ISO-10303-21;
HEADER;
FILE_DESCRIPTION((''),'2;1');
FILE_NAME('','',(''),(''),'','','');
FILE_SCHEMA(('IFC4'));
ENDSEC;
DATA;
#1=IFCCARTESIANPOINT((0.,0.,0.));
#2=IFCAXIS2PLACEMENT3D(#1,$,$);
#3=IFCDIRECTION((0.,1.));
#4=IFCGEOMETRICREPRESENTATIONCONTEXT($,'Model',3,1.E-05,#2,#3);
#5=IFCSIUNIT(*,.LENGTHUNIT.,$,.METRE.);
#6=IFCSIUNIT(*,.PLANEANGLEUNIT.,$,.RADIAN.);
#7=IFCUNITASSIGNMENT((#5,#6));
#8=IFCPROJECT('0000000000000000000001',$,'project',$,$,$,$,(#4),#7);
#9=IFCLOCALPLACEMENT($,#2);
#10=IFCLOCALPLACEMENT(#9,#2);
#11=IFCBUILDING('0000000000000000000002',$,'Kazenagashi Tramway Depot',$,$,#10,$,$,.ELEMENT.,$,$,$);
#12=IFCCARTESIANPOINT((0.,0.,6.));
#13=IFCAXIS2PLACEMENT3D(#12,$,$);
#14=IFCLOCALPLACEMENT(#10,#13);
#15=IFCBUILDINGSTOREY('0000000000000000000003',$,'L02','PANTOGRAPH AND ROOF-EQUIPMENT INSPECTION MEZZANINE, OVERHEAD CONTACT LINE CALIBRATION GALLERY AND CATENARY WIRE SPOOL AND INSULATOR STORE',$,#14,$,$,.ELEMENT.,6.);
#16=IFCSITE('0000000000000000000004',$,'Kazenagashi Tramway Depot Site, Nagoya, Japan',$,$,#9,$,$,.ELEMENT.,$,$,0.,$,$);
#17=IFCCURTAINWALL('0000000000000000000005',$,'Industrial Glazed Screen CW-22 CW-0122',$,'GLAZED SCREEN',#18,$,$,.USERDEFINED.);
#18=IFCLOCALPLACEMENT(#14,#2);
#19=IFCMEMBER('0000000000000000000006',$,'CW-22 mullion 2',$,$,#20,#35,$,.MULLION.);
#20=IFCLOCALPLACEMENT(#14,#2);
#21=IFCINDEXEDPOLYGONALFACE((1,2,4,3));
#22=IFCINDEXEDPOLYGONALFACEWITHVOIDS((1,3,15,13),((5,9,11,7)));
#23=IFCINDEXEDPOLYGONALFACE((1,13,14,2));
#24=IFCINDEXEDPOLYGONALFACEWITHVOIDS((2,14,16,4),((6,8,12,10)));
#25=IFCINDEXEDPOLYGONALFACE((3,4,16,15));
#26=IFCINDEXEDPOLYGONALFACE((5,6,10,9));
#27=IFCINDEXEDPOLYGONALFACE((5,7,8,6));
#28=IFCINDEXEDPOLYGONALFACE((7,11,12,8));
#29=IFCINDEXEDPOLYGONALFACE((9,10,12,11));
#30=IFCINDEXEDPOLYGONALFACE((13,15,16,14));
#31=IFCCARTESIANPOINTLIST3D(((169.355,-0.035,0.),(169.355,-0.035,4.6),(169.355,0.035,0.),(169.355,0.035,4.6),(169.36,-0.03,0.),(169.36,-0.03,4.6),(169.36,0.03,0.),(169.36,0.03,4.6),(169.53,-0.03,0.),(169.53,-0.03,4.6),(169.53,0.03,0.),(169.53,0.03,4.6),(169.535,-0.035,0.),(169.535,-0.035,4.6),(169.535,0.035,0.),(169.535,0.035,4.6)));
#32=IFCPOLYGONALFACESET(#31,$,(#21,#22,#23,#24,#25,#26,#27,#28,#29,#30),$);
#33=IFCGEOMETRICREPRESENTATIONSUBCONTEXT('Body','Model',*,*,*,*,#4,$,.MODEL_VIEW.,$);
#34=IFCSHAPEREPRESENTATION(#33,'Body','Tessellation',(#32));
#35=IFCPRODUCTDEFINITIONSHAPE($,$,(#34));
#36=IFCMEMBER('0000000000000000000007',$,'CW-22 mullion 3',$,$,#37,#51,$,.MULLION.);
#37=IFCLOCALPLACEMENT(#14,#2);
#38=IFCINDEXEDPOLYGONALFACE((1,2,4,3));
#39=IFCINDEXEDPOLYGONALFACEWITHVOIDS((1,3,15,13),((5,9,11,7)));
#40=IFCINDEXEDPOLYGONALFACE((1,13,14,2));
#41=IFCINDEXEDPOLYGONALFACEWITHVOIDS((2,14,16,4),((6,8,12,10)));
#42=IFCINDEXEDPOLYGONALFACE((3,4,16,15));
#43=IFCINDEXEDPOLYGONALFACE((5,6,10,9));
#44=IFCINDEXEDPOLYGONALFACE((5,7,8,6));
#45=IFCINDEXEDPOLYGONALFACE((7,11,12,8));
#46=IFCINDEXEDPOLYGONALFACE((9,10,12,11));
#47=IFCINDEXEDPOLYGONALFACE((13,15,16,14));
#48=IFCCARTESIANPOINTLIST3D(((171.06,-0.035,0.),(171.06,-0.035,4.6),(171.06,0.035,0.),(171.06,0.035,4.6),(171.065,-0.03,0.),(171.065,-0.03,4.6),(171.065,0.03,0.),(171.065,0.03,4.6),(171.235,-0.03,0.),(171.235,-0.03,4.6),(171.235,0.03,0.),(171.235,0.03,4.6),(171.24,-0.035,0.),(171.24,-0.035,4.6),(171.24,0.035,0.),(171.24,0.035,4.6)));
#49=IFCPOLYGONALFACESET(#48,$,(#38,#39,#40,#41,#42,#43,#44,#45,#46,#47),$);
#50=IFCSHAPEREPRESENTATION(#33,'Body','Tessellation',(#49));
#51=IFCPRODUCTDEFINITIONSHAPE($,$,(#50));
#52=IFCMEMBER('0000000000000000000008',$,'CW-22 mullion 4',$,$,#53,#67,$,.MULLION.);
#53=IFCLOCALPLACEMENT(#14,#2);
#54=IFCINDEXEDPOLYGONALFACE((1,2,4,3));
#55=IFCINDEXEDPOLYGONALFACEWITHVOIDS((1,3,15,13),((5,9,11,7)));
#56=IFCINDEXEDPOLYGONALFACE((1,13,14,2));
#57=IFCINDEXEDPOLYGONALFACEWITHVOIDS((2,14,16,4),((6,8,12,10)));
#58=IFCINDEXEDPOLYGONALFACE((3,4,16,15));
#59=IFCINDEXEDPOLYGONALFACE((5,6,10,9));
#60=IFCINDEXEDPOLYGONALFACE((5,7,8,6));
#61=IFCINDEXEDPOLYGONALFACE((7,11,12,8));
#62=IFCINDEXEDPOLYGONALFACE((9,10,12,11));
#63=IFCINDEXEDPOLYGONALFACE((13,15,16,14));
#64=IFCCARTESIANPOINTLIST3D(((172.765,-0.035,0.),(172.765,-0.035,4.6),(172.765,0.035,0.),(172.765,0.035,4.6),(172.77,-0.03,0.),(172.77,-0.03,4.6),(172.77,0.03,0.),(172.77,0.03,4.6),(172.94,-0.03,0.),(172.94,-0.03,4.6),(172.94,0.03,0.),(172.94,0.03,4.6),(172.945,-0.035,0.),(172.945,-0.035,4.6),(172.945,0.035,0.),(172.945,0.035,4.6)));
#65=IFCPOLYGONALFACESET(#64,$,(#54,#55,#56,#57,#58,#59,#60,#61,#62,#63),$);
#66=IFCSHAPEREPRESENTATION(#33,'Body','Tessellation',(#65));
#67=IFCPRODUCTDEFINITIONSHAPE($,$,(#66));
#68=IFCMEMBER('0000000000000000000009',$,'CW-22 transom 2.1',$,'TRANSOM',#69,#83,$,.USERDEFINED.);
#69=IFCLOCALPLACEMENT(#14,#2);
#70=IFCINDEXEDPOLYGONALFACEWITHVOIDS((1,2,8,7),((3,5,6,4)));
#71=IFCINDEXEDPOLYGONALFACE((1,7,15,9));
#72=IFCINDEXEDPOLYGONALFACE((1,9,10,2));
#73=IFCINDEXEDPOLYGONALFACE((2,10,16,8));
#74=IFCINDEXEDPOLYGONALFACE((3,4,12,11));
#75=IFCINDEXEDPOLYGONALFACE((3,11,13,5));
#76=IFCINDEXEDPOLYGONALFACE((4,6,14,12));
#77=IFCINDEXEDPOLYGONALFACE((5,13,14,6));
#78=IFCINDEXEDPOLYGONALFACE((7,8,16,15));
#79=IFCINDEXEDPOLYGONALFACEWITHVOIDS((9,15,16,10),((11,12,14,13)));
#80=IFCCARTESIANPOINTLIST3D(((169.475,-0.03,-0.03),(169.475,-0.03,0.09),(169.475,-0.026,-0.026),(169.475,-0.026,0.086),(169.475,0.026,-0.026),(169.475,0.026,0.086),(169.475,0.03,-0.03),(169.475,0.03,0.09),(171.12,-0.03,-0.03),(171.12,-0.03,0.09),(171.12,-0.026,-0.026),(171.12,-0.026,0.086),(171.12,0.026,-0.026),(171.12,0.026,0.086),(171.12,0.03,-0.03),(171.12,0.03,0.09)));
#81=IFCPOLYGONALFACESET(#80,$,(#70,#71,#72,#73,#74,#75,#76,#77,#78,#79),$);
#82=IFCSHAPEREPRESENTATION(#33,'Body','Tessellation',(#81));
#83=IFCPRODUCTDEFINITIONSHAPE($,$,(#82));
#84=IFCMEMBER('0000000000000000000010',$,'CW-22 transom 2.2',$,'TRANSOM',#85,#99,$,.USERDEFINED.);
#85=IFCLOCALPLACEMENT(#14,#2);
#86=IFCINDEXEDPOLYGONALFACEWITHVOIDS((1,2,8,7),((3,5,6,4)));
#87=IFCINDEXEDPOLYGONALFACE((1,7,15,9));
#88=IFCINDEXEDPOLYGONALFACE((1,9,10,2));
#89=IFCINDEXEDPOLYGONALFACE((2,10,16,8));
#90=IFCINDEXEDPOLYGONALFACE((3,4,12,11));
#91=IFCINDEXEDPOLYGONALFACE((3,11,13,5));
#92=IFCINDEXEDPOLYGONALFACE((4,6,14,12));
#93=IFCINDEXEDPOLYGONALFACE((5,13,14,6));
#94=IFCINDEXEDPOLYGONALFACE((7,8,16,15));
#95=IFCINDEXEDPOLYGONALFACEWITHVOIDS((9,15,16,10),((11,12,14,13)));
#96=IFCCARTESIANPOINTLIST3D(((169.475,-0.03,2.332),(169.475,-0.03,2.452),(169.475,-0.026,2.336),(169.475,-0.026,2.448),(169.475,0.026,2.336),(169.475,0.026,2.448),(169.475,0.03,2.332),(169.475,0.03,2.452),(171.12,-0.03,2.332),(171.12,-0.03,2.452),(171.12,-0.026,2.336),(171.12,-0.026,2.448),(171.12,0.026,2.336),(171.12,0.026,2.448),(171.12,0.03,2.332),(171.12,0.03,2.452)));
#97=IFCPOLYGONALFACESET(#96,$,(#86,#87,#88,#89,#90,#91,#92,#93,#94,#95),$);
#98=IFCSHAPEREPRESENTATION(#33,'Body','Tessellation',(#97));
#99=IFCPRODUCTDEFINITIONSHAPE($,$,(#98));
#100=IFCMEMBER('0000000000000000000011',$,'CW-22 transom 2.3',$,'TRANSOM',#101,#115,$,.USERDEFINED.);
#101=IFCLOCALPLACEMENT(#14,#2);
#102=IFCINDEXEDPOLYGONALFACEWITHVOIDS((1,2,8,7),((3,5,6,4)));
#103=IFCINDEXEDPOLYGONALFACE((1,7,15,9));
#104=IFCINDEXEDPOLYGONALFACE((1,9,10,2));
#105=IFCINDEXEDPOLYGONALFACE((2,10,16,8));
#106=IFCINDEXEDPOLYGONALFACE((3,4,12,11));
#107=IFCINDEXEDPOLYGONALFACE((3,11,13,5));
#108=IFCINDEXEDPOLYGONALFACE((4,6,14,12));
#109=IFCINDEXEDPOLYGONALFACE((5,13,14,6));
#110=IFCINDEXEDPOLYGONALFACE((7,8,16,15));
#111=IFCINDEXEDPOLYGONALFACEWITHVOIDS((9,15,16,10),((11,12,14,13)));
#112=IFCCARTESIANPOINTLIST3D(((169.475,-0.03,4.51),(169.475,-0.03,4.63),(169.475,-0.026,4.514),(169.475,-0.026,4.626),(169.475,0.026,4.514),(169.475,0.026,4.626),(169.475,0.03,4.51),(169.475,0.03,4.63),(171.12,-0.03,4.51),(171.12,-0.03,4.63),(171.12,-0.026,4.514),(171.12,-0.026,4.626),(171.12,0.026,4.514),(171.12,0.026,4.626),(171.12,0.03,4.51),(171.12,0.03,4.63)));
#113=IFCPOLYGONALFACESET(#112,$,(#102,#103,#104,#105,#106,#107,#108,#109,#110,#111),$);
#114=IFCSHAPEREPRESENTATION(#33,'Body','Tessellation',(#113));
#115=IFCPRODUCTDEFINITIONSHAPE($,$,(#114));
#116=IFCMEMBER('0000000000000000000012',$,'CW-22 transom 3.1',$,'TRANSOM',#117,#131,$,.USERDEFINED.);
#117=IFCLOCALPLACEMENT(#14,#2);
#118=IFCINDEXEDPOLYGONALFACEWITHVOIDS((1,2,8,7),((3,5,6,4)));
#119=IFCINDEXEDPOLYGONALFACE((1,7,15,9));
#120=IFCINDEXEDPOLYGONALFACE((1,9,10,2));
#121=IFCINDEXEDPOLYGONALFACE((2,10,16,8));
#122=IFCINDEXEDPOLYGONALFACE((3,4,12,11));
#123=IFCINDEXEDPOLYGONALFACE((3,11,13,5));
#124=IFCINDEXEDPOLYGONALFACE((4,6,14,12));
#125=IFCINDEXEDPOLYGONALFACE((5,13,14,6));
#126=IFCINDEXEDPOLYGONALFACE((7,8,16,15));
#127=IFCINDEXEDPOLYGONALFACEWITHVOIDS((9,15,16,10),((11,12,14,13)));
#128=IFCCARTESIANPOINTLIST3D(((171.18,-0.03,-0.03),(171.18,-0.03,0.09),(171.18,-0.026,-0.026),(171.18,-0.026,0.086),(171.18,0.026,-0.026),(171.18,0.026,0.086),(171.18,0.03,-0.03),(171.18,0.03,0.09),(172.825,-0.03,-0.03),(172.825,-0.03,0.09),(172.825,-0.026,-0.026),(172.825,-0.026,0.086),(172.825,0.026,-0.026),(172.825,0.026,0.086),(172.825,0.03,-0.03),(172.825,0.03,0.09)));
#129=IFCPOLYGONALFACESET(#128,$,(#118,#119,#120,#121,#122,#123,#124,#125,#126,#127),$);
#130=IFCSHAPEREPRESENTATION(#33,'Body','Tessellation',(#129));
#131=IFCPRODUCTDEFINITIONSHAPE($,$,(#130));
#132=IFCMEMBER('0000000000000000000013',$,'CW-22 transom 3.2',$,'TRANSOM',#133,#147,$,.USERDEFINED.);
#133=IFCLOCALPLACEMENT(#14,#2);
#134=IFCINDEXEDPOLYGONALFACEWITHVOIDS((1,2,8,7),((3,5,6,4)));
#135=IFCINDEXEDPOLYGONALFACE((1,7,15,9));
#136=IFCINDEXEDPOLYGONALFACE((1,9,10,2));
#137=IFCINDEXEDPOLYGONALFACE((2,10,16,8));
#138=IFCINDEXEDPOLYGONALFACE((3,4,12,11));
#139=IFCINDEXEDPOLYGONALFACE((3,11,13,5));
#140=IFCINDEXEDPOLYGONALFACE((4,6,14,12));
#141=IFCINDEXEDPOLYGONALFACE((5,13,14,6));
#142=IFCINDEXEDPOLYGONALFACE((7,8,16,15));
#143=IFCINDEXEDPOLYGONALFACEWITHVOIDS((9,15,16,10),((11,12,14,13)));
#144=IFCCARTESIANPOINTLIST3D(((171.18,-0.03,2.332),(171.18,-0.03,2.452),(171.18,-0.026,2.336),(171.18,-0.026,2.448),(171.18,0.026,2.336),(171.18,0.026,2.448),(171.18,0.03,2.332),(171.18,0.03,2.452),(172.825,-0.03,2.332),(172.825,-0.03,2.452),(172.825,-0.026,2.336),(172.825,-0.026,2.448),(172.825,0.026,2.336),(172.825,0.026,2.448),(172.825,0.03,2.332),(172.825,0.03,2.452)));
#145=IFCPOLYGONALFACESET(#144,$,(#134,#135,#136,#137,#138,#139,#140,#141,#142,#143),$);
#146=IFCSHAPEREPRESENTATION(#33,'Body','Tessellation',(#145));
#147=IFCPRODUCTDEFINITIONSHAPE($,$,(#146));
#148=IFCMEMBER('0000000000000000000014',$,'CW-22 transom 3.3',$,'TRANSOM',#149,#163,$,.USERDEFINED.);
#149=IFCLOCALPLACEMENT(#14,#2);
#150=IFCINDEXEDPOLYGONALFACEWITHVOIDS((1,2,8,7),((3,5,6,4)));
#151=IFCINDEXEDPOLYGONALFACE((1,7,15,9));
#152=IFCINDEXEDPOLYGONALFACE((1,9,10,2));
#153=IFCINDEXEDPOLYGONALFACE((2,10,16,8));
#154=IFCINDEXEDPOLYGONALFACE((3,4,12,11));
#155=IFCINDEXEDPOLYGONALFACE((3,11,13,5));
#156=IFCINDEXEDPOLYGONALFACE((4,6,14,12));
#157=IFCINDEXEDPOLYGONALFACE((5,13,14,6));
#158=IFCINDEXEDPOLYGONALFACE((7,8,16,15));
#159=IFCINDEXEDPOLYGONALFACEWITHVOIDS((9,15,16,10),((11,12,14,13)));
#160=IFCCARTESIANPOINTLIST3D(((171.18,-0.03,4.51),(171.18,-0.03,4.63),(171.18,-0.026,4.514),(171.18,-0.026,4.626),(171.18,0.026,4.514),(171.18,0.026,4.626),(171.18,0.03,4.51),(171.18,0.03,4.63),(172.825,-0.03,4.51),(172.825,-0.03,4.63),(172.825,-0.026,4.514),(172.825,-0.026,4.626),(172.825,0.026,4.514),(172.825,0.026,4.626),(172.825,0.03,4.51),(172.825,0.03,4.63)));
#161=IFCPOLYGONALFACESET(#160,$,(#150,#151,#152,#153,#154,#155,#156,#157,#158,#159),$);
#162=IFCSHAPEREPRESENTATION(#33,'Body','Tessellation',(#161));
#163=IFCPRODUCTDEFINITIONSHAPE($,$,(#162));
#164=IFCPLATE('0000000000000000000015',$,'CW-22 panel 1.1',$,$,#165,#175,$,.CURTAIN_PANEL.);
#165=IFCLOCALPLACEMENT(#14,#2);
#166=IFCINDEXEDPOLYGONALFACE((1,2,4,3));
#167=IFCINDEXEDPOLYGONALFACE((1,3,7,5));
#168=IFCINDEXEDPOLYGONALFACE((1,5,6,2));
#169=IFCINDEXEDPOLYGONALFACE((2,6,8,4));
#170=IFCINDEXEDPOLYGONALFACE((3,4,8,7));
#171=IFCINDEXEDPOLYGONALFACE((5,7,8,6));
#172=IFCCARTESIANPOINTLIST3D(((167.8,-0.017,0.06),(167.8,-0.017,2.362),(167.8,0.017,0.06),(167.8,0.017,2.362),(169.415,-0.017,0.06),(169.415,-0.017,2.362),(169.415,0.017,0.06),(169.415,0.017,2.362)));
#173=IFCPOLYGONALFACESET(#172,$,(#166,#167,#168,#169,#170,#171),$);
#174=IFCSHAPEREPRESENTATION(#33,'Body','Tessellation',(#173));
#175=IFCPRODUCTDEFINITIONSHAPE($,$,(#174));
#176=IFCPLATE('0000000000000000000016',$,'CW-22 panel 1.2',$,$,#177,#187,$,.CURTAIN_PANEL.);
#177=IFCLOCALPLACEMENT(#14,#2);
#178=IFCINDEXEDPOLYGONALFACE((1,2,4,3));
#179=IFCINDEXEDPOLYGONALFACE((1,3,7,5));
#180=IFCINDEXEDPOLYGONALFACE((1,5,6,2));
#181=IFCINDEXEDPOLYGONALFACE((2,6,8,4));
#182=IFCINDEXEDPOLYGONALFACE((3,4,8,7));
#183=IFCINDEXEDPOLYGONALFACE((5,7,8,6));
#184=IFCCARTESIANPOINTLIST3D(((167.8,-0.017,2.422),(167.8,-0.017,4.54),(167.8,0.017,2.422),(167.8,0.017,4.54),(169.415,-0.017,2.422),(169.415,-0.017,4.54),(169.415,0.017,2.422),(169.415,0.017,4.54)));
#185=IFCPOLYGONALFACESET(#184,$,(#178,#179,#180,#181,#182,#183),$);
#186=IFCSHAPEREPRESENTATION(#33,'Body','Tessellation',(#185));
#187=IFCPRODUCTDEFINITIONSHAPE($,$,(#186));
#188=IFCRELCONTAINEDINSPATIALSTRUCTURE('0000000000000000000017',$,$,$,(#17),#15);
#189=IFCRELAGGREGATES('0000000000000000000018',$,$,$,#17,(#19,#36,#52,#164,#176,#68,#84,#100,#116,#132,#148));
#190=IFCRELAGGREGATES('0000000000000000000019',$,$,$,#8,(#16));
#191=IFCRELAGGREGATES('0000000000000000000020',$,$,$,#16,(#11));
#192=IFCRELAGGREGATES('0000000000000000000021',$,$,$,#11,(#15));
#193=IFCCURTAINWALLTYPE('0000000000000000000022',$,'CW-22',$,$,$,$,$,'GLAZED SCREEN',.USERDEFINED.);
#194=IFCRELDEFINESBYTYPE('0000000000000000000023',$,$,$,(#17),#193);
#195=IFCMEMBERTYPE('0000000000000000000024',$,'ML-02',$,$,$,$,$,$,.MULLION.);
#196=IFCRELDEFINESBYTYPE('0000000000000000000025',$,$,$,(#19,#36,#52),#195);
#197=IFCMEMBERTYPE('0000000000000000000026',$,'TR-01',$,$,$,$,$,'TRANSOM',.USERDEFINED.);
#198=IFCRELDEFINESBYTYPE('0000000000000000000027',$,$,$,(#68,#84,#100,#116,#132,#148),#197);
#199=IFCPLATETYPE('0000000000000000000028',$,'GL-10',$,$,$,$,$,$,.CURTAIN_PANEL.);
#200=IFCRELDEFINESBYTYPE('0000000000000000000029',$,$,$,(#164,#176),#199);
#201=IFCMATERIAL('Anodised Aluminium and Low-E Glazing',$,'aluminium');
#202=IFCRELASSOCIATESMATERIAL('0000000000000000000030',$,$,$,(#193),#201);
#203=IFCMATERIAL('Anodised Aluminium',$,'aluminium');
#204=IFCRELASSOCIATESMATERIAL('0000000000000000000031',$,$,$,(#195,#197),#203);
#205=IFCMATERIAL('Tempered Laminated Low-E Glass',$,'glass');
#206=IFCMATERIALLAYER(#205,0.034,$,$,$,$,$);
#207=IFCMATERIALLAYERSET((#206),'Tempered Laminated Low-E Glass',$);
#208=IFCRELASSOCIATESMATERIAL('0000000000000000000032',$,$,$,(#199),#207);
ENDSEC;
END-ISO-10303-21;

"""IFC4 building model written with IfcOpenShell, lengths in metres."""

from ifc_helpers import new_model, si_unit, direction, frame, origin, origin_2d, place, context, subcontext, project, spatial, rectangle, hollow_rectangle, extrude, material, layer, layer_set, material_profile, profile_set, type_object, element, aggregate, save


model = new_model("IFC4")

# Units and contexts
model_context = context("Model", 3, precision=1e-05, world=origin(), true_north=direction((0.0, 1.0)))
body_context = subcontext(model_context, "Body", "Model", "MODEL_VIEW")
ifc_project = project(units=[si_unit("LENGTHUNIT", "METRE"), si_unit("PLANEANGLEUNIT", "RADIAN")], contexts=[model_context])

# Site, building, storey
site_placement = place(None, origin())
site = spatial("IfcSite", under=ifc_project, at=site_placement, Name="Kazenagashi Tramway Depot Site, Nagoya, Japan", CompositionType="ELEMENT", RefElevation=0.0)
building_placement = place(site_placement, origin())
building = spatial("IfcBuilding", under=site, at=building_placement, Name="Kazenagashi Tramway Depot", CompositionType="ELEMENT")
storey_placement = place(building_placement, frame((0.0, 0.0, 6.0)))
storey = spatial("IfcBuildingStorey", under=building, at=storey_placement, Name="L02", Description="PANTOGRAPH AND ROOF-EQUIPMENT INSPECTION MEZZANINE, OVERHEAD CONTACT LINE CALIBRATION GALLERY AND CATENARY WIRE SPOOL AND INSULATOR STORE", CompositionType="ELEMENT", Elevation=6.0)

# Curtain wall, members, plates
ifc_material_1 = material(Name="Anodised Aluminium and Low-E Glazing", Category="aluminium")
curtain_wall_type = type_object("IfcCurtainWallType", Name="CW-22", ElementType="GLAZED SCREEN", PredefinedType="USERDEFINED", material=ifc_material_1)
curtain_wall_placement = place(storey_placement, origin())
curtain_wall = element("IfcCurtainWall", 1, at=curtain_wall_placement, inside=storey, type_object=curtain_wall_type, Name="Industrial Glazed Screen CW-22 CW-0122", ObjectType="GLAZED SCREEN", PredefinedType="USERDEFINED")
ifc_material_2 = material(Name="Anodised Aluminium", Category="aluminium")
ifc_material_profile_1 = material_profile(ifc_material_2, hollow_rectangle(XDim=0.07, YDim=0.18, WallThickness=0.005, at=origin_2d()), Name="RHS-180x70x5")
ifc_profile_set_1 = profile_set([ifc_material_profile_1], Name="Anodised Aluminium")
member_type_1 = type_object("IfcMemberType", Name="ML-02", PredefinedType="MULLION", material=ifc_profile_set_1)
member_1_placement = place(storey_placement, frame((169.445, 0.0, 0.0), z_axis=(0.0, 0.0, 1.0), x_axis=(0.0, 1.0, 0.0)))
member_1 = element("IfcMember", 2, at=member_1_placement, type_object=member_type_1, Name="CW-22 mullion 2", PredefinedType="MULLION", context=body_context, shape_type="SweptSolid", body=[
    extrude(hollow_rectangle(XDim=0.07, YDim=0.18, WallThickness=0.005, at=origin_2d()), origin(), (0.0, 0.0, 1.0), 4.6),
])
member_2_placement = place(storey_placement, frame((171.15, 0.0, 0.0), z_axis=(0.0, 0.0, 1.0), x_axis=(0.0, 1.0, 0.0)))
member_2 = element("IfcMember", 3, at=member_2_placement, type_object=member_type_1, Name="CW-22 mullion 3", PredefinedType="MULLION", context=body_context, shape_type="SweptSolid", body=[
    extrude(hollow_rectangle(XDim=0.07, YDim=0.18, WallThickness=0.005, at=origin_2d()), origin(), (0.0, 0.0, 1.0), 4.6),
])
member_3_placement = place(storey_placement, frame((172.855, 0.0, 0.0), z_axis=(0.0, 0.0, 1.0), x_axis=(0.0, 1.0, 0.0)))
member_3 = element("IfcMember", 4, at=member_3_placement, type_object=member_type_1, Name="CW-22 mullion 4", PredefinedType="MULLION", context=body_context, shape_type="SweptSolid", body=[
    extrude(hollow_rectangle(XDim=0.07, YDim=0.18, WallThickness=0.005, at=origin_2d()), origin(), (0.0, 0.0, 1.0), 4.6),
])
ifc_material_profile_2 = material_profile(ifc_material_2, hollow_rectangle(XDim=0.06, YDim=0.12, WallThickness=0.004, at=origin_2d()), Name="RHS-120x60x4")
ifc_profile_set_2 = profile_set([ifc_material_profile_2], Name="Anodised Aluminium")
member_type_2 = type_object("IfcMemberType", Name="TR-01", ElementType="TRANSOM", PredefinedType="USERDEFINED", material=ifc_profile_set_2)
member_4_placement = place(storey_placement, frame((169.475, 0.0, 0.03), z_axis=(1.0, 0.0, 0.0), x_axis=(0.0, 1.0, 0.0)))
member_4 = element("IfcMember", 5, at=member_4_placement, type_object=member_type_2, Name="CW-22 transom 2.1", ObjectType="TRANSOM", PredefinedType="USERDEFINED", context=body_context, shape_type="SweptSolid", body=[
    extrude(hollow_rectangle(XDim=0.06, YDim=0.12, WallThickness=0.004, at=origin_2d()), origin(), (0.0, 0.0, 1.0), 1.645),
])
member_5_placement = place(storey_placement, frame((169.475, 0.0, 2.392), z_axis=(1.0, 0.0, 0.0), x_axis=(0.0, 1.0, 0.0)))
member_5 = element("IfcMember", 6, at=member_5_placement, type_object=member_type_2, Name="CW-22 transom 2.2", ObjectType="TRANSOM", PredefinedType="USERDEFINED", context=body_context, shape_type="SweptSolid", body=[
    extrude(hollow_rectangle(XDim=0.06, YDim=0.12, WallThickness=0.004, at=origin_2d()), origin(), (0.0, 0.0, 1.0), 1.645),
])
member_6_placement = place(storey_placement, frame((169.475, 0.0, 4.57), z_axis=(1.0, 0.0, 0.0), x_axis=(0.0, 1.0, 0.0)))
member_6 = element("IfcMember", 7, at=member_6_placement, type_object=member_type_2, Name="CW-22 transom 2.3", ObjectType="TRANSOM", PredefinedType="USERDEFINED", context=body_context, shape_type="SweptSolid", body=[
    extrude(hollow_rectangle(XDim=0.06, YDim=0.12, WallThickness=0.004, at=origin_2d()), origin(), (0.0, 0.0, 1.0), 1.645),
])
member_7_placement = place(storey_placement, frame((171.18, 0.0, 0.03), z_axis=(1.0, 0.0, 0.0), x_axis=(0.0, 1.0, 0.0)))
member_7 = element("IfcMember", 8, at=member_7_placement, type_object=member_type_2, Name="CW-22 transom 3.1", ObjectType="TRANSOM", PredefinedType="USERDEFINED", context=body_context, shape_type="SweptSolid", body=[
    extrude(hollow_rectangle(XDim=0.06, YDim=0.12, WallThickness=0.004, at=origin_2d()), origin(), (0.0, 0.0, 1.0), 1.645),
])
member_8_placement = place(storey_placement, frame((171.18, 0.0, 2.392), z_axis=(1.0, 0.0, 0.0), x_axis=(0.0, 1.0, 0.0)))
member_8 = element("IfcMember", 9, at=member_8_placement, type_object=member_type_2, Name="CW-22 transom 3.2", ObjectType="TRANSOM", PredefinedType="USERDEFINED", context=body_context, shape_type="SweptSolid", body=[
    extrude(hollow_rectangle(XDim=0.06, YDim=0.12, WallThickness=0.004, at=origin_2d()), origin(), (0.0, 0.0, 1.0), 1.645),
])
member_9_placement = place(storey_placement, frame((171.18, 0.0, 4.57), z_axis=(1.0, 0.0, 0.0), x_axis=(0.0, 1.0, 0.0)))
member_9 = element("IfcMember", 10, at=member_9_placement, type_object=member_type_2, Name="CW-22 transom 3.3", ObjectType="TRANSOM", PredefinedType="USERDEFINED", context=body_context, shape_type="SweptSolid", body=[
    extrude(hollow_rectangle(XDim=0.06, YDim=0.12, WallThickness=0.004, at=origin_2d()), origin(), (0.0, 0.0, 1.0), 1.645),
])
ifc_material_3 = material(Name="Tempered Laminated Low-E Glass", Category="glass")
ifc_layer = layer(ifc_material_3, 0.034)
ifc_layer_set = layer_set([ifc_layer], Name="Tempered Laminated Low-E Glass")
plate_type = type_object("IfcPlateType", Name="GL-10", PredefinedType="CURTAIN_PANEL", material=ifc_layer_set)
plate_1_placement = place(storey_placement, frame((168.6075, 0.0, 0.06), z_axis=(0.0, 0.0, 1.0), x_axis=(1.0, 0.0, 0.0)))
plate_1 = element("IfcPlate", 11, at=plate_1_placement, type_object=plate_type, Name="CW-22 panel 1.1", PredefinedType="CURTAIN_PANEL", context=body_context, shape_type="SweptSolid", body=[
    extrude(rectangle(XDim=1.615, YDim=0.034, at=origin_2d()), origin(), (0.0, 0.0, 1.0), 2.302),
])
plate_2_placement = place(storey_placement, frame((168.6075, 0.0, 2.422), z_axis=(0.0, 0.0, 1.0), x_axis=(1.0, 0.0, 0.0)))
plate_2 = element("IfcPlate", 12, at=plate_2_placement, type_object=plate_type, Name="CW-22 panel 1.2", PredefinedType="CURTAIN_PANEL", context=body_context, shape_type="SweptSolid", body=[
    extrude(rectangle(XDim=1.615, YDim=0.034, at=origin_2d()), origin(), (0.0, 0.0, 1.0), 2.118),
])
aggregate(curtain_wall, [member_1, member_2, member_3, plate_1, plate_2, member_4, member_5, member_6, member_7, member_8, member_9])

save(model, "model.ifc")
